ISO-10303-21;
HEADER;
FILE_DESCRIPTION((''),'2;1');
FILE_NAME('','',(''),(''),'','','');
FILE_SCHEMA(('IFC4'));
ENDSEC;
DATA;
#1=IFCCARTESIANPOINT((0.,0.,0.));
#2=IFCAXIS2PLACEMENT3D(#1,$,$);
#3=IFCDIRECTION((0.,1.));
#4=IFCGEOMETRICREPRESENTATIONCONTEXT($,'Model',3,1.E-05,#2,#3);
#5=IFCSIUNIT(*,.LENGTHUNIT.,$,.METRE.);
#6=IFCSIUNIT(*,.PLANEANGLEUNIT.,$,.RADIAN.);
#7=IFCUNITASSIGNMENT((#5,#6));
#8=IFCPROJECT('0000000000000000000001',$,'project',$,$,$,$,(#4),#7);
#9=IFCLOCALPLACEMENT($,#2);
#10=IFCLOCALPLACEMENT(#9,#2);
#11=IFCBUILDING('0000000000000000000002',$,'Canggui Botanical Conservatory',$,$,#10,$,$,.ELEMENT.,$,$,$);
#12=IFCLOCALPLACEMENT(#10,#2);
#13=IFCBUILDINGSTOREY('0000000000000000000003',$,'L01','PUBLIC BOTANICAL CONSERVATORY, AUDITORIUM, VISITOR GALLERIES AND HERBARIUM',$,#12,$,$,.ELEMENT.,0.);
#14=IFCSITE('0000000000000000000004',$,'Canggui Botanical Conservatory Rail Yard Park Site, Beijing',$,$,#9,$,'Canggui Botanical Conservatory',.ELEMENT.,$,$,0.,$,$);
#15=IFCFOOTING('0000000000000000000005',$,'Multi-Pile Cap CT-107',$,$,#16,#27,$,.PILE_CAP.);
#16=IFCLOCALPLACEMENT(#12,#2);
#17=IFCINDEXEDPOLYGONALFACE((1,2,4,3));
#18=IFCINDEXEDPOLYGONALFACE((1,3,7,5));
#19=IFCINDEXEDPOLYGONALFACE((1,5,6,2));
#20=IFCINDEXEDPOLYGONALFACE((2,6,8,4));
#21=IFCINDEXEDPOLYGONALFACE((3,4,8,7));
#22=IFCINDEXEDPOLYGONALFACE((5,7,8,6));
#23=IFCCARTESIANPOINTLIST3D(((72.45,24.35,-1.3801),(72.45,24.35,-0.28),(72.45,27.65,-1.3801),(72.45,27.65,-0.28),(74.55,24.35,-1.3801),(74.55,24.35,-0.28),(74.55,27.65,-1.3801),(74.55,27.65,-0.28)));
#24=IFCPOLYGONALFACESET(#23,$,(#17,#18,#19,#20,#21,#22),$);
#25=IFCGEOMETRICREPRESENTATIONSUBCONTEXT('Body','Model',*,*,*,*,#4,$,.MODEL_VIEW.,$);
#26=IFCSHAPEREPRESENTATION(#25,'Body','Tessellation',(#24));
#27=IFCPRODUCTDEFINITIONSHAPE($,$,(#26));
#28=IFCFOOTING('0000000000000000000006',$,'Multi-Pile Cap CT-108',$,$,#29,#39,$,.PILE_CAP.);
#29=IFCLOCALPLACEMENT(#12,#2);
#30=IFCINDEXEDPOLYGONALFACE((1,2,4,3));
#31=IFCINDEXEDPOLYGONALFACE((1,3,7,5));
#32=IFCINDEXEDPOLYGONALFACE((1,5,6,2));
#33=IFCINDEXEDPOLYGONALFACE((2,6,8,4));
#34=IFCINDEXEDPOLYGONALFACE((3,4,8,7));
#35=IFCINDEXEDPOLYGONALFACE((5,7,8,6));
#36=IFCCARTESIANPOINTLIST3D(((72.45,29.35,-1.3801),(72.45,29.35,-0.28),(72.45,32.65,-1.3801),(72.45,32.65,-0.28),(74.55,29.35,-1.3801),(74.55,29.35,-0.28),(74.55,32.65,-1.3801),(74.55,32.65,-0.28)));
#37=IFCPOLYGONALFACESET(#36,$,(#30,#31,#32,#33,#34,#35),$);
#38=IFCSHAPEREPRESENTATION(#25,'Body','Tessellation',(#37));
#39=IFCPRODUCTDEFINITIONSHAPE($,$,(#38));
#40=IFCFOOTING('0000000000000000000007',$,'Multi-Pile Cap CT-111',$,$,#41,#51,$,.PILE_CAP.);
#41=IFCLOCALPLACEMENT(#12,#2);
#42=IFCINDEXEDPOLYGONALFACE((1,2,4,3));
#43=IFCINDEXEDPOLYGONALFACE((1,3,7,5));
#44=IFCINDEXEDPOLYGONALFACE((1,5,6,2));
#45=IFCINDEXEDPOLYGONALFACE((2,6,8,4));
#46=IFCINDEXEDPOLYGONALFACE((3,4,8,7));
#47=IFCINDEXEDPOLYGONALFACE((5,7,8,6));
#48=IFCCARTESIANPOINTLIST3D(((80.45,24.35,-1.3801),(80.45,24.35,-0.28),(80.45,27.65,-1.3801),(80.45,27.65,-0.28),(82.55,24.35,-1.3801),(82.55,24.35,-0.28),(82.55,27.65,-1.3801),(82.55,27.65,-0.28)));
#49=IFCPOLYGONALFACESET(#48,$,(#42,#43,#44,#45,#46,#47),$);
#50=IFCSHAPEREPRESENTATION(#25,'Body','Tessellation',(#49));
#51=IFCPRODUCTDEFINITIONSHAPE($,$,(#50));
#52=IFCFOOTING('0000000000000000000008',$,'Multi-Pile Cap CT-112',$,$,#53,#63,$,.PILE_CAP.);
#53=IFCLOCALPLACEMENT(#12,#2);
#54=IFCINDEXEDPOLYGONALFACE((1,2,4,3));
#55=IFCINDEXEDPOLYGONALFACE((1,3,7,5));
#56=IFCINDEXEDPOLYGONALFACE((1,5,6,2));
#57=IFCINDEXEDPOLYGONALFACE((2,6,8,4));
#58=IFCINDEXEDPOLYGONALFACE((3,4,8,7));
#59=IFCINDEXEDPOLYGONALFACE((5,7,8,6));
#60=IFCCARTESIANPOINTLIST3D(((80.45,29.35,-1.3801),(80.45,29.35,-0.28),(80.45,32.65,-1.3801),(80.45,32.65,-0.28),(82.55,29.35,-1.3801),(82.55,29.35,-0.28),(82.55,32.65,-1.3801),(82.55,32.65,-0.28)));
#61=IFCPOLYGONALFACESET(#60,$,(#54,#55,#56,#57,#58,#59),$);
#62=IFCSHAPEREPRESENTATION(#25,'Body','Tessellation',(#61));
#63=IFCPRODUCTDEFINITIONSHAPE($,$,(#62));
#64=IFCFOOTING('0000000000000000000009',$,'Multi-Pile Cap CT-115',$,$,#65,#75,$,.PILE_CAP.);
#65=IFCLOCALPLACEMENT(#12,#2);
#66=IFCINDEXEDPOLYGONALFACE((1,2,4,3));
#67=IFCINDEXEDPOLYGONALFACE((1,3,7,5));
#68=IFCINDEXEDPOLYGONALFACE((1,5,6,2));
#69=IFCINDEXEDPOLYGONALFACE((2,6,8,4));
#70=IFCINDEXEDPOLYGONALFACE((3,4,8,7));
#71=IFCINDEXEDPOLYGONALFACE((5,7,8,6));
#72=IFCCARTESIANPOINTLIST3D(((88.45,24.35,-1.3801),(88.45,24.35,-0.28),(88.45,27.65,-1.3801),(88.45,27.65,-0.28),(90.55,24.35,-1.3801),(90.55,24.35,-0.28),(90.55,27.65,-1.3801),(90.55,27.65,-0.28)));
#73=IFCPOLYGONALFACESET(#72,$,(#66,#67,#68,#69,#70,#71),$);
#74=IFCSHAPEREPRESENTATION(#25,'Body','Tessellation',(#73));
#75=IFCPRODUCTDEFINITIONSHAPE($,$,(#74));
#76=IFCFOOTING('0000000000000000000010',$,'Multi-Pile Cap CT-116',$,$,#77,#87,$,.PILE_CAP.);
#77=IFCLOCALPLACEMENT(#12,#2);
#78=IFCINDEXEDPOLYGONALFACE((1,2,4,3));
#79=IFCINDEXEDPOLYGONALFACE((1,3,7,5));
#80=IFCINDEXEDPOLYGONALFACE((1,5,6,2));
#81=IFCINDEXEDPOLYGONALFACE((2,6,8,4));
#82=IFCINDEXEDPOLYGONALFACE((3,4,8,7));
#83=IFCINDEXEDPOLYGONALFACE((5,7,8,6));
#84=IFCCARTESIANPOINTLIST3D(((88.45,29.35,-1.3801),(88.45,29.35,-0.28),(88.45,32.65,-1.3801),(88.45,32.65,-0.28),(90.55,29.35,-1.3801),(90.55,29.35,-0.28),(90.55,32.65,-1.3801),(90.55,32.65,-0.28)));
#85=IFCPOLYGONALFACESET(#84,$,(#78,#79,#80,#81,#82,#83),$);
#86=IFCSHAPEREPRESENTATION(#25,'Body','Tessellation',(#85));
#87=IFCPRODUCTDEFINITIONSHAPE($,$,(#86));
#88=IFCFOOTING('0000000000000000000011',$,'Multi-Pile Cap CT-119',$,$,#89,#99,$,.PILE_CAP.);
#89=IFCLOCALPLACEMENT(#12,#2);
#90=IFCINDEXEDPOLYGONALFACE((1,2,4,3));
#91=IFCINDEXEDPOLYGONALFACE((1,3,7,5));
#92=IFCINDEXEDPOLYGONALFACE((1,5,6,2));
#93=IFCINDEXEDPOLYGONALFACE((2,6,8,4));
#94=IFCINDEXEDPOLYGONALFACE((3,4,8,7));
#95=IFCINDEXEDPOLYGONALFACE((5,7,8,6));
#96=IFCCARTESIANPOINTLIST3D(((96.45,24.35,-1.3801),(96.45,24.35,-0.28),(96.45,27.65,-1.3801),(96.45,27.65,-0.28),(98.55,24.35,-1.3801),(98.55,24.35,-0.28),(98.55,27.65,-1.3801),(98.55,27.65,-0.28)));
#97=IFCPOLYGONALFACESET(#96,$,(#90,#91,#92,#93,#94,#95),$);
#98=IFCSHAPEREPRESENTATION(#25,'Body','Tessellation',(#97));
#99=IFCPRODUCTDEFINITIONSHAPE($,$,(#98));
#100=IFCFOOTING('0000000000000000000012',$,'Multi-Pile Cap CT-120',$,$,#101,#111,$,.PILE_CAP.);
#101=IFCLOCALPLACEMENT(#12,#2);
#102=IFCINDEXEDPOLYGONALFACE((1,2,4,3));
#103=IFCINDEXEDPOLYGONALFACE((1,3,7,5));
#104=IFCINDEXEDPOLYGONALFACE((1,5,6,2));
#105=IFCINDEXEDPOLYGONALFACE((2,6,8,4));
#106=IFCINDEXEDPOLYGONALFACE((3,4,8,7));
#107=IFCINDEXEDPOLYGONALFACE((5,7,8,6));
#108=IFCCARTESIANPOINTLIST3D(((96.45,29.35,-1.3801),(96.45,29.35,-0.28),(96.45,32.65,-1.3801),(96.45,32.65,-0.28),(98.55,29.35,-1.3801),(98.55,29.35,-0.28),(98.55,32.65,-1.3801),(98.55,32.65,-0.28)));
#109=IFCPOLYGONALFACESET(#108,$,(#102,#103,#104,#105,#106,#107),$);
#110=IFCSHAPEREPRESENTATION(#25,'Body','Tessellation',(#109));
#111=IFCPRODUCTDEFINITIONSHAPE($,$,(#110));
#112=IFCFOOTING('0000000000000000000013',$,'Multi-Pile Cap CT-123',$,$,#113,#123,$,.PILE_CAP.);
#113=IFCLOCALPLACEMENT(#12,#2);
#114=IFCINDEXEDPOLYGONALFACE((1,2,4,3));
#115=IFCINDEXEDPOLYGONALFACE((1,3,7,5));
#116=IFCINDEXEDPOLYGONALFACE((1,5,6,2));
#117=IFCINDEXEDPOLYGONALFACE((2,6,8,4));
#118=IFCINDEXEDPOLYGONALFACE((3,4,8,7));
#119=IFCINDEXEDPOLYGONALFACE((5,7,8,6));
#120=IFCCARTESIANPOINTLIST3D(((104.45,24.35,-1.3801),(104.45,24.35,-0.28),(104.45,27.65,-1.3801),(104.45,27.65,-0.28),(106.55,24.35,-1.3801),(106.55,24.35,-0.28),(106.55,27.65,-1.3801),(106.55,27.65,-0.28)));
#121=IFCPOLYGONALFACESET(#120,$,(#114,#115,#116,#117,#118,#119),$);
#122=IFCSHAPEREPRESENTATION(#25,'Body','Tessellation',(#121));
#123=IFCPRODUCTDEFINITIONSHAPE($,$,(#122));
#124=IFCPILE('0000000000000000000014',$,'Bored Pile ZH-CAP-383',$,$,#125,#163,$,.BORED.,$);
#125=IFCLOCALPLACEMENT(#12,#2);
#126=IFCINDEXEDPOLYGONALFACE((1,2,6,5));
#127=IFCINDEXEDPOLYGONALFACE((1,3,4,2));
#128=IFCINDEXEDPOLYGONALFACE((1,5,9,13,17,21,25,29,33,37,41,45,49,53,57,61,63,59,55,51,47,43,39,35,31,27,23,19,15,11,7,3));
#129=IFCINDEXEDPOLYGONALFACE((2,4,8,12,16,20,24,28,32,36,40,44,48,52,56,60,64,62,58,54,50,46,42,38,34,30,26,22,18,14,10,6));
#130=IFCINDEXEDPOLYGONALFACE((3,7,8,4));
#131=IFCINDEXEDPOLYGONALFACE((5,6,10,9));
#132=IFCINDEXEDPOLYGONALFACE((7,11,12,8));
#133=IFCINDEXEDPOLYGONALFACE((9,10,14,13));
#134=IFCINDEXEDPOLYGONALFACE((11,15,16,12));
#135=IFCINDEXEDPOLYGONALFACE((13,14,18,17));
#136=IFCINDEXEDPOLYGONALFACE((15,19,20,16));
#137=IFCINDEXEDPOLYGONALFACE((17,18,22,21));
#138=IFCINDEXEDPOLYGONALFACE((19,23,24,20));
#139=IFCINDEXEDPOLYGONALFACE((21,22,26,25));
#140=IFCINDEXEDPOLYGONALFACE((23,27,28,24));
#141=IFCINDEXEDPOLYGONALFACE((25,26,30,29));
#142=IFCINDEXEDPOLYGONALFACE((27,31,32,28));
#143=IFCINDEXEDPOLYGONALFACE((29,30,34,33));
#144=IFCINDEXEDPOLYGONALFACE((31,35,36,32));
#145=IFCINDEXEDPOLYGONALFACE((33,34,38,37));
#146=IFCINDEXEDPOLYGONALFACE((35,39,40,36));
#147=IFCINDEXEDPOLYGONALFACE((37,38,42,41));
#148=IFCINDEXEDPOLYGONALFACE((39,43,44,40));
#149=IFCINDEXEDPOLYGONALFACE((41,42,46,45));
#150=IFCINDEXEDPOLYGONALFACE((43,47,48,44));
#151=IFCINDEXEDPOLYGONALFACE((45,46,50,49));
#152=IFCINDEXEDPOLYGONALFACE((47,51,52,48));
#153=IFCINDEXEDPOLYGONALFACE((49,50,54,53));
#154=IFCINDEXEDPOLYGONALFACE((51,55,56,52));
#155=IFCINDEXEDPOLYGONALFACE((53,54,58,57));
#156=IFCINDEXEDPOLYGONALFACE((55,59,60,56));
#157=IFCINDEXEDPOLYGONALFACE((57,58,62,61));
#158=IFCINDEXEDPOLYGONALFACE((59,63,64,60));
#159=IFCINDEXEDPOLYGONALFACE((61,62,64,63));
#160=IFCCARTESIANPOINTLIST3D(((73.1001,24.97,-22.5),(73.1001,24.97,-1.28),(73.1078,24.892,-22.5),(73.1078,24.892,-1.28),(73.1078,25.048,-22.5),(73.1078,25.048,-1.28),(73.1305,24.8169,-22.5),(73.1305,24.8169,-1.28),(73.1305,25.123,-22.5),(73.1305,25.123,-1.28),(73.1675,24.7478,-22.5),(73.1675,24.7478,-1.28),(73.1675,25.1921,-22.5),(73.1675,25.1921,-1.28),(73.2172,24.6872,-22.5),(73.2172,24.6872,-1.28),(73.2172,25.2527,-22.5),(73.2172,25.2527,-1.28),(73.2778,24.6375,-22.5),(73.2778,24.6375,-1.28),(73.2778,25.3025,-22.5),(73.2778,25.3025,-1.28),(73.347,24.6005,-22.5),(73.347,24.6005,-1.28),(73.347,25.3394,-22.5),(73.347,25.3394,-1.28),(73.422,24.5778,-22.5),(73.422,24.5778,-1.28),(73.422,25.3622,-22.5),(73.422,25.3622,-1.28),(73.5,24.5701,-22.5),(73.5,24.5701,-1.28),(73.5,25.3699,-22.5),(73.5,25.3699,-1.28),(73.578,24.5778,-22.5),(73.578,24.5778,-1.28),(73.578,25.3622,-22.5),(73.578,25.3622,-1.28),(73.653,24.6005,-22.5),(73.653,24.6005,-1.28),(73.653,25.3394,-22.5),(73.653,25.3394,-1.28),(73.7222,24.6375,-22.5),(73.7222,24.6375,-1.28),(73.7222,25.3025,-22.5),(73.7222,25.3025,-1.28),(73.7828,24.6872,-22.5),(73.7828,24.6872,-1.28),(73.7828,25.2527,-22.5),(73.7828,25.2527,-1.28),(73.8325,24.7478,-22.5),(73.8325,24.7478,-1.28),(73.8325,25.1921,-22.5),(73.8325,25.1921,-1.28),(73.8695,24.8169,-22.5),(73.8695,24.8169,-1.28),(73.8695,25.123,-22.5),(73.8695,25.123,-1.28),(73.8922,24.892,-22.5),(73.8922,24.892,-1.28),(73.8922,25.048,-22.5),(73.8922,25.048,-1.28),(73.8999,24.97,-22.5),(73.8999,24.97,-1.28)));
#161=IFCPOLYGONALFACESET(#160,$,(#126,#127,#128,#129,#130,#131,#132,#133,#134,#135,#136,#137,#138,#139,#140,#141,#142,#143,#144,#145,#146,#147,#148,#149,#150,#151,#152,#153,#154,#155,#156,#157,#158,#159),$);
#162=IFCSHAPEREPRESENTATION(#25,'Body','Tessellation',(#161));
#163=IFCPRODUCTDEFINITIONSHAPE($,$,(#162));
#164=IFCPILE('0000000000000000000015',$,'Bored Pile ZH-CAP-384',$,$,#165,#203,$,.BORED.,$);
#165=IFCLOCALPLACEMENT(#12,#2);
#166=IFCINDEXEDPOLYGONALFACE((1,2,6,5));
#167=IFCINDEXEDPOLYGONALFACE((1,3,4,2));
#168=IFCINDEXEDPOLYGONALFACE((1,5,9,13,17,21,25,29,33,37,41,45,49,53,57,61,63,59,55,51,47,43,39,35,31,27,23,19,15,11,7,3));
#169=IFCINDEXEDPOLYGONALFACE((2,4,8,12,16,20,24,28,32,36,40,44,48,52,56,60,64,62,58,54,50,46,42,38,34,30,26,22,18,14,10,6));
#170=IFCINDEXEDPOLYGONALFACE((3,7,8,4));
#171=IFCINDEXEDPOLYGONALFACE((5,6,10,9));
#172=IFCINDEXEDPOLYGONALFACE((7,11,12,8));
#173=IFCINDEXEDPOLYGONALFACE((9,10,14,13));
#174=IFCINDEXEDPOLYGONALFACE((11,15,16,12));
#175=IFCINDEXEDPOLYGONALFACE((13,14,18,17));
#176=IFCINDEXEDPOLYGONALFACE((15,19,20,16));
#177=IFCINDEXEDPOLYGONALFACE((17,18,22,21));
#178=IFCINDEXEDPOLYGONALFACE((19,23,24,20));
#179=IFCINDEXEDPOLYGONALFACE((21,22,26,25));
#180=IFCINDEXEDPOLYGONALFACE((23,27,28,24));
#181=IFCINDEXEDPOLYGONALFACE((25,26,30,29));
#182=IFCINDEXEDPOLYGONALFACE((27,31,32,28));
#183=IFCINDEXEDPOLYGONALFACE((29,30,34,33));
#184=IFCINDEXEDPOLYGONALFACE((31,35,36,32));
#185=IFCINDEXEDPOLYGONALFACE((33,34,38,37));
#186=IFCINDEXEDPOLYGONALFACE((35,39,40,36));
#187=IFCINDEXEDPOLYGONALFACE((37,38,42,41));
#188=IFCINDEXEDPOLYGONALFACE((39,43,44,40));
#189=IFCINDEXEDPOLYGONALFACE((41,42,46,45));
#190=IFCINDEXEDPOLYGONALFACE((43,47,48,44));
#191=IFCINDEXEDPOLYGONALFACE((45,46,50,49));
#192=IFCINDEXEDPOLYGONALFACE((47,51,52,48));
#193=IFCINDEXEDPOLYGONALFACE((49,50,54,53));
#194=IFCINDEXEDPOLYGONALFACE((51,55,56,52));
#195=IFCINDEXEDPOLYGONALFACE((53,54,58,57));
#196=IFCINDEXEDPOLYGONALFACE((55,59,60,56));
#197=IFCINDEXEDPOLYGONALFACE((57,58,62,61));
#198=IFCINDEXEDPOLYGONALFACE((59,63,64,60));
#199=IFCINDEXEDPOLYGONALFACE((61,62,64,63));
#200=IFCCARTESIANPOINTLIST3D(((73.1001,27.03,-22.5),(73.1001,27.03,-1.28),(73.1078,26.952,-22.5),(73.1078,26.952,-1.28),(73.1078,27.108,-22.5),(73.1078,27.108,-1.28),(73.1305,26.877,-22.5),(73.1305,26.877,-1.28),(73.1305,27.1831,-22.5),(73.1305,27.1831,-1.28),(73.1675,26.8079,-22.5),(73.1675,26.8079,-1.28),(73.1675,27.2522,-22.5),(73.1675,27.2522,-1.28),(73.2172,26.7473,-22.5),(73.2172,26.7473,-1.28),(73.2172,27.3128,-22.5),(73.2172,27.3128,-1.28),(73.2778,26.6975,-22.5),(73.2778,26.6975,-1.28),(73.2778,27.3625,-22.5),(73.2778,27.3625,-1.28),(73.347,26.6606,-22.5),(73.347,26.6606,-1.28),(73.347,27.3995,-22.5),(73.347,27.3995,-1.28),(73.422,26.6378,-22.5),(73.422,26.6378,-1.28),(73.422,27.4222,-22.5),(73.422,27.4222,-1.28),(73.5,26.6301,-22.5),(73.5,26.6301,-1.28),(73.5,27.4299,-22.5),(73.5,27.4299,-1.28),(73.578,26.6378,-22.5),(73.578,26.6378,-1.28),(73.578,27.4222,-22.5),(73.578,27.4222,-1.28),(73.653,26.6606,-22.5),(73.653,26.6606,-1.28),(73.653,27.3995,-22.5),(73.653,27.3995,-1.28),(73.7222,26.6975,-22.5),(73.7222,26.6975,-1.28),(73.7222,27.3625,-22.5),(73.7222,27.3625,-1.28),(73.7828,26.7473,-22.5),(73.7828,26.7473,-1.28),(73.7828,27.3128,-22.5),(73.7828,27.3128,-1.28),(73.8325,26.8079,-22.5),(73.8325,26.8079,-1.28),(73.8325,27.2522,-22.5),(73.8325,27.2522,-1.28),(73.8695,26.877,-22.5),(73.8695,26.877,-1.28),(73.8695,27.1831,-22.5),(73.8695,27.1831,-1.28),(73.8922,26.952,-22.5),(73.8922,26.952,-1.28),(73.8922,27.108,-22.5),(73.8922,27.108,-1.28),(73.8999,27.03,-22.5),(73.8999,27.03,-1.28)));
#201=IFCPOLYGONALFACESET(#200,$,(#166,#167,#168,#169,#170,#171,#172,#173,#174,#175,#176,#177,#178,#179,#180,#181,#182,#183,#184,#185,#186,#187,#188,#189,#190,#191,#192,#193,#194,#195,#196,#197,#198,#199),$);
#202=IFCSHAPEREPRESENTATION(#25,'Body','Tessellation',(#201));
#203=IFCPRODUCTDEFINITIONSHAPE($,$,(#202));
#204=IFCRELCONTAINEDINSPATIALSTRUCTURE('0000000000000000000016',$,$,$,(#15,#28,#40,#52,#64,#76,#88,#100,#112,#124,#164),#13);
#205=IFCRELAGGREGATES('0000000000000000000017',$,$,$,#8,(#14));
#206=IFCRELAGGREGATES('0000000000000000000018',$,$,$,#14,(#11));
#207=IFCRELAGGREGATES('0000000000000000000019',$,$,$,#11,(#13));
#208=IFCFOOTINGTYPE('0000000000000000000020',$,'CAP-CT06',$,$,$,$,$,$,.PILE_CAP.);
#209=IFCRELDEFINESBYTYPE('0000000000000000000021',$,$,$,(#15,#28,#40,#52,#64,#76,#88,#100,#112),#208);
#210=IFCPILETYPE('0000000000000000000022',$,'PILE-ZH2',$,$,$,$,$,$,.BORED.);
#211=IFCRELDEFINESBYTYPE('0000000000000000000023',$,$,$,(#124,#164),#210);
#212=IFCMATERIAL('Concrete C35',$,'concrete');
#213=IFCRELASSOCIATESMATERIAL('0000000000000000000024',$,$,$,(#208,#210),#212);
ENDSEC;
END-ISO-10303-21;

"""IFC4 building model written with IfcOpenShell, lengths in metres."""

from ifc_helpers import new_model, si_unit, direction, frame, origin, origin_2d, place, context, subcontext, project, spatial, rectangle, circle, extrude, material, material_profile, profile_set, type_object, element, save


model = new_model("IFC4")

# Units and contexts
model_context = context("Model", 3, precision=1e-05, world=origin(), true_north=direction((0.0, 1.0)))
body_context = subcontext(model_context, "Body", "Model", "MODEL_VIEW")
ifc_project = project(units=[si_unit("LENGTHUNIT", "METRE"), si_unit("PLANEANGLEUNIT", "RADIAN")], contexts=[model_context])

# Site, building, storey
site_placement = place(None, origin())
site = spatial("IfcSite", under=ifc_project, at=site_placement, Name="Canggui Botanical Conservatory Rail Yard Park Site, Beijing", LongName="Canggui Botanical Conservatory", CompositionType="ELEMENT", RefElevation=0.0)
building_placement = place(site_placement, origin())
building = spatial("IfcBuilding", under=site, at=building_placement, Name="Canggui Botanical Conservatory", CompositionType="ELEMENT")
storey_placement = place(building_placement, origin())
storey = spatial("IfcBuildingStorey", under=building, at=storey_placement, Name="L01", Description="PUBLIC BOTANICAL CONSERVATORY, AUDITORIUM, VISITOR GALLERIES AND HERBARIUM", CompositionType="ELEMENT", Elevation=0.0)

# Footings
ifc_material_1 = material(Name="Concrete C35", Category="concrete")
footing_type_1 = type_object("IfcFootingType", Name="CAP-CT06", PredefinedType="PILE_CAP", material=ifc_material_1)
for number, where, z_axis, x_axis, name in (
    (1, (73.5, 26.0, -1.3801), (0.0, 0.0, 1.0), (0.0, 1.0, 0.0), "Multi-Pile Cap CT-107"),
    (2, (73.5, 31.0, -1.3801), (0.0, 0.0, 1.0), (0.0, 1.0, 0.0), "Multi-Pile Cap CT-108"),
    (3, (81.5, 26.0, -1.3801), (0.0, 0.0, 1.0), (0.0, 1.0, 0.0), "Multi-Pile Cap CT-111"),
    (4, (81.5, 31.0, -1.3801), (0.0, 0.0, 1.0), (0.0, 1.0, 0.0), "Multi-Pile Cap CT-112"),
    (5, (89.5, 26.0, -1.3801), (0.0, 0.0, 1.0), (0.0, 1.0, 0.0), "Multi-Pile Cap CT-115"),
    (6, (89.5, 31.0, -1.3801), (0.0, 0.0, 1.0), (0.0, 1.0, 0.0), "Multi-Pile Cap CT-116"),
    (7, (97.5, 26.0, -1.3801), (0.0, 0.0, 1.0), (0.0, 1.0, 0.0), "Multi-Pile Cap CT-119"),
    (8, (97.5, 31.0, -1.3801), (0.0, 0.0, 1.0), (0.0, 1.0, 0.0), "Multi-Pile Cap CT-120"),
    (9, (105.5, 26.0, -1.3801), (0.0, 0.0, 1.0), (0.0, 1.0, 0.0), "Multi-Pile Cap CT-123"),
):
    element("IfcFooting", number, at=place(storey_placement, frame(where, z_axis=z_axis, x_axis=x_axis)), inside=storey, type_object=footing_type_1, Name=name, PredefinedType="PILE_CAP", context=body_context, shape_type="SweptSolid", body=[
        extrude(rectangle(XDim=3.3, YDim=2.1001, at=origin_2d()), origin(), (0.0, 0.0, 1.0), 1.1001),
    ])

# Piles
ifc_material_profile_1 = material_profile(ifc_material_1, circle(Radius=0.3999, at=origin_2d()), Name="PILE D800")
ifc_profile_set_1 = profile_set([ifc_material_profile_1], Name="Concrete C35")
pile_type = type_object("IfcPileType", Name="PILE-ZH2", PredefinedType="BORED", material=ifc_profile_set_1)
for number, where, z_axis, x_axis, name in (
    (10, (73.5, 24.97, -1.28), (0.0, 0.0, -1.0), (1.0, 0.0, 0.0), "Bored Pile ZH-CAP-383"),
    (11, (73.5, 27.03, -1.28), (0.0, 0.0, -1.0), (1.0, 0.0, 0.0), "Bored Pile ZH-CAP-384"),
):
    element("IfcPile", number, at=place(storey_placement, frame(where, z_axis=z_axis, x_axis=x_axis)), inside=storey, type_object=pile_type, Name=name, PredefinedType="BORED", context=body_context, shape_type="SweptSolid", body=[
        extrude(circle(Radius=0.3999, at=origin_2d()), origin(), (0.0, 0.0, 1.0), 21.22),
    ])

save(model, "model.ifc")
